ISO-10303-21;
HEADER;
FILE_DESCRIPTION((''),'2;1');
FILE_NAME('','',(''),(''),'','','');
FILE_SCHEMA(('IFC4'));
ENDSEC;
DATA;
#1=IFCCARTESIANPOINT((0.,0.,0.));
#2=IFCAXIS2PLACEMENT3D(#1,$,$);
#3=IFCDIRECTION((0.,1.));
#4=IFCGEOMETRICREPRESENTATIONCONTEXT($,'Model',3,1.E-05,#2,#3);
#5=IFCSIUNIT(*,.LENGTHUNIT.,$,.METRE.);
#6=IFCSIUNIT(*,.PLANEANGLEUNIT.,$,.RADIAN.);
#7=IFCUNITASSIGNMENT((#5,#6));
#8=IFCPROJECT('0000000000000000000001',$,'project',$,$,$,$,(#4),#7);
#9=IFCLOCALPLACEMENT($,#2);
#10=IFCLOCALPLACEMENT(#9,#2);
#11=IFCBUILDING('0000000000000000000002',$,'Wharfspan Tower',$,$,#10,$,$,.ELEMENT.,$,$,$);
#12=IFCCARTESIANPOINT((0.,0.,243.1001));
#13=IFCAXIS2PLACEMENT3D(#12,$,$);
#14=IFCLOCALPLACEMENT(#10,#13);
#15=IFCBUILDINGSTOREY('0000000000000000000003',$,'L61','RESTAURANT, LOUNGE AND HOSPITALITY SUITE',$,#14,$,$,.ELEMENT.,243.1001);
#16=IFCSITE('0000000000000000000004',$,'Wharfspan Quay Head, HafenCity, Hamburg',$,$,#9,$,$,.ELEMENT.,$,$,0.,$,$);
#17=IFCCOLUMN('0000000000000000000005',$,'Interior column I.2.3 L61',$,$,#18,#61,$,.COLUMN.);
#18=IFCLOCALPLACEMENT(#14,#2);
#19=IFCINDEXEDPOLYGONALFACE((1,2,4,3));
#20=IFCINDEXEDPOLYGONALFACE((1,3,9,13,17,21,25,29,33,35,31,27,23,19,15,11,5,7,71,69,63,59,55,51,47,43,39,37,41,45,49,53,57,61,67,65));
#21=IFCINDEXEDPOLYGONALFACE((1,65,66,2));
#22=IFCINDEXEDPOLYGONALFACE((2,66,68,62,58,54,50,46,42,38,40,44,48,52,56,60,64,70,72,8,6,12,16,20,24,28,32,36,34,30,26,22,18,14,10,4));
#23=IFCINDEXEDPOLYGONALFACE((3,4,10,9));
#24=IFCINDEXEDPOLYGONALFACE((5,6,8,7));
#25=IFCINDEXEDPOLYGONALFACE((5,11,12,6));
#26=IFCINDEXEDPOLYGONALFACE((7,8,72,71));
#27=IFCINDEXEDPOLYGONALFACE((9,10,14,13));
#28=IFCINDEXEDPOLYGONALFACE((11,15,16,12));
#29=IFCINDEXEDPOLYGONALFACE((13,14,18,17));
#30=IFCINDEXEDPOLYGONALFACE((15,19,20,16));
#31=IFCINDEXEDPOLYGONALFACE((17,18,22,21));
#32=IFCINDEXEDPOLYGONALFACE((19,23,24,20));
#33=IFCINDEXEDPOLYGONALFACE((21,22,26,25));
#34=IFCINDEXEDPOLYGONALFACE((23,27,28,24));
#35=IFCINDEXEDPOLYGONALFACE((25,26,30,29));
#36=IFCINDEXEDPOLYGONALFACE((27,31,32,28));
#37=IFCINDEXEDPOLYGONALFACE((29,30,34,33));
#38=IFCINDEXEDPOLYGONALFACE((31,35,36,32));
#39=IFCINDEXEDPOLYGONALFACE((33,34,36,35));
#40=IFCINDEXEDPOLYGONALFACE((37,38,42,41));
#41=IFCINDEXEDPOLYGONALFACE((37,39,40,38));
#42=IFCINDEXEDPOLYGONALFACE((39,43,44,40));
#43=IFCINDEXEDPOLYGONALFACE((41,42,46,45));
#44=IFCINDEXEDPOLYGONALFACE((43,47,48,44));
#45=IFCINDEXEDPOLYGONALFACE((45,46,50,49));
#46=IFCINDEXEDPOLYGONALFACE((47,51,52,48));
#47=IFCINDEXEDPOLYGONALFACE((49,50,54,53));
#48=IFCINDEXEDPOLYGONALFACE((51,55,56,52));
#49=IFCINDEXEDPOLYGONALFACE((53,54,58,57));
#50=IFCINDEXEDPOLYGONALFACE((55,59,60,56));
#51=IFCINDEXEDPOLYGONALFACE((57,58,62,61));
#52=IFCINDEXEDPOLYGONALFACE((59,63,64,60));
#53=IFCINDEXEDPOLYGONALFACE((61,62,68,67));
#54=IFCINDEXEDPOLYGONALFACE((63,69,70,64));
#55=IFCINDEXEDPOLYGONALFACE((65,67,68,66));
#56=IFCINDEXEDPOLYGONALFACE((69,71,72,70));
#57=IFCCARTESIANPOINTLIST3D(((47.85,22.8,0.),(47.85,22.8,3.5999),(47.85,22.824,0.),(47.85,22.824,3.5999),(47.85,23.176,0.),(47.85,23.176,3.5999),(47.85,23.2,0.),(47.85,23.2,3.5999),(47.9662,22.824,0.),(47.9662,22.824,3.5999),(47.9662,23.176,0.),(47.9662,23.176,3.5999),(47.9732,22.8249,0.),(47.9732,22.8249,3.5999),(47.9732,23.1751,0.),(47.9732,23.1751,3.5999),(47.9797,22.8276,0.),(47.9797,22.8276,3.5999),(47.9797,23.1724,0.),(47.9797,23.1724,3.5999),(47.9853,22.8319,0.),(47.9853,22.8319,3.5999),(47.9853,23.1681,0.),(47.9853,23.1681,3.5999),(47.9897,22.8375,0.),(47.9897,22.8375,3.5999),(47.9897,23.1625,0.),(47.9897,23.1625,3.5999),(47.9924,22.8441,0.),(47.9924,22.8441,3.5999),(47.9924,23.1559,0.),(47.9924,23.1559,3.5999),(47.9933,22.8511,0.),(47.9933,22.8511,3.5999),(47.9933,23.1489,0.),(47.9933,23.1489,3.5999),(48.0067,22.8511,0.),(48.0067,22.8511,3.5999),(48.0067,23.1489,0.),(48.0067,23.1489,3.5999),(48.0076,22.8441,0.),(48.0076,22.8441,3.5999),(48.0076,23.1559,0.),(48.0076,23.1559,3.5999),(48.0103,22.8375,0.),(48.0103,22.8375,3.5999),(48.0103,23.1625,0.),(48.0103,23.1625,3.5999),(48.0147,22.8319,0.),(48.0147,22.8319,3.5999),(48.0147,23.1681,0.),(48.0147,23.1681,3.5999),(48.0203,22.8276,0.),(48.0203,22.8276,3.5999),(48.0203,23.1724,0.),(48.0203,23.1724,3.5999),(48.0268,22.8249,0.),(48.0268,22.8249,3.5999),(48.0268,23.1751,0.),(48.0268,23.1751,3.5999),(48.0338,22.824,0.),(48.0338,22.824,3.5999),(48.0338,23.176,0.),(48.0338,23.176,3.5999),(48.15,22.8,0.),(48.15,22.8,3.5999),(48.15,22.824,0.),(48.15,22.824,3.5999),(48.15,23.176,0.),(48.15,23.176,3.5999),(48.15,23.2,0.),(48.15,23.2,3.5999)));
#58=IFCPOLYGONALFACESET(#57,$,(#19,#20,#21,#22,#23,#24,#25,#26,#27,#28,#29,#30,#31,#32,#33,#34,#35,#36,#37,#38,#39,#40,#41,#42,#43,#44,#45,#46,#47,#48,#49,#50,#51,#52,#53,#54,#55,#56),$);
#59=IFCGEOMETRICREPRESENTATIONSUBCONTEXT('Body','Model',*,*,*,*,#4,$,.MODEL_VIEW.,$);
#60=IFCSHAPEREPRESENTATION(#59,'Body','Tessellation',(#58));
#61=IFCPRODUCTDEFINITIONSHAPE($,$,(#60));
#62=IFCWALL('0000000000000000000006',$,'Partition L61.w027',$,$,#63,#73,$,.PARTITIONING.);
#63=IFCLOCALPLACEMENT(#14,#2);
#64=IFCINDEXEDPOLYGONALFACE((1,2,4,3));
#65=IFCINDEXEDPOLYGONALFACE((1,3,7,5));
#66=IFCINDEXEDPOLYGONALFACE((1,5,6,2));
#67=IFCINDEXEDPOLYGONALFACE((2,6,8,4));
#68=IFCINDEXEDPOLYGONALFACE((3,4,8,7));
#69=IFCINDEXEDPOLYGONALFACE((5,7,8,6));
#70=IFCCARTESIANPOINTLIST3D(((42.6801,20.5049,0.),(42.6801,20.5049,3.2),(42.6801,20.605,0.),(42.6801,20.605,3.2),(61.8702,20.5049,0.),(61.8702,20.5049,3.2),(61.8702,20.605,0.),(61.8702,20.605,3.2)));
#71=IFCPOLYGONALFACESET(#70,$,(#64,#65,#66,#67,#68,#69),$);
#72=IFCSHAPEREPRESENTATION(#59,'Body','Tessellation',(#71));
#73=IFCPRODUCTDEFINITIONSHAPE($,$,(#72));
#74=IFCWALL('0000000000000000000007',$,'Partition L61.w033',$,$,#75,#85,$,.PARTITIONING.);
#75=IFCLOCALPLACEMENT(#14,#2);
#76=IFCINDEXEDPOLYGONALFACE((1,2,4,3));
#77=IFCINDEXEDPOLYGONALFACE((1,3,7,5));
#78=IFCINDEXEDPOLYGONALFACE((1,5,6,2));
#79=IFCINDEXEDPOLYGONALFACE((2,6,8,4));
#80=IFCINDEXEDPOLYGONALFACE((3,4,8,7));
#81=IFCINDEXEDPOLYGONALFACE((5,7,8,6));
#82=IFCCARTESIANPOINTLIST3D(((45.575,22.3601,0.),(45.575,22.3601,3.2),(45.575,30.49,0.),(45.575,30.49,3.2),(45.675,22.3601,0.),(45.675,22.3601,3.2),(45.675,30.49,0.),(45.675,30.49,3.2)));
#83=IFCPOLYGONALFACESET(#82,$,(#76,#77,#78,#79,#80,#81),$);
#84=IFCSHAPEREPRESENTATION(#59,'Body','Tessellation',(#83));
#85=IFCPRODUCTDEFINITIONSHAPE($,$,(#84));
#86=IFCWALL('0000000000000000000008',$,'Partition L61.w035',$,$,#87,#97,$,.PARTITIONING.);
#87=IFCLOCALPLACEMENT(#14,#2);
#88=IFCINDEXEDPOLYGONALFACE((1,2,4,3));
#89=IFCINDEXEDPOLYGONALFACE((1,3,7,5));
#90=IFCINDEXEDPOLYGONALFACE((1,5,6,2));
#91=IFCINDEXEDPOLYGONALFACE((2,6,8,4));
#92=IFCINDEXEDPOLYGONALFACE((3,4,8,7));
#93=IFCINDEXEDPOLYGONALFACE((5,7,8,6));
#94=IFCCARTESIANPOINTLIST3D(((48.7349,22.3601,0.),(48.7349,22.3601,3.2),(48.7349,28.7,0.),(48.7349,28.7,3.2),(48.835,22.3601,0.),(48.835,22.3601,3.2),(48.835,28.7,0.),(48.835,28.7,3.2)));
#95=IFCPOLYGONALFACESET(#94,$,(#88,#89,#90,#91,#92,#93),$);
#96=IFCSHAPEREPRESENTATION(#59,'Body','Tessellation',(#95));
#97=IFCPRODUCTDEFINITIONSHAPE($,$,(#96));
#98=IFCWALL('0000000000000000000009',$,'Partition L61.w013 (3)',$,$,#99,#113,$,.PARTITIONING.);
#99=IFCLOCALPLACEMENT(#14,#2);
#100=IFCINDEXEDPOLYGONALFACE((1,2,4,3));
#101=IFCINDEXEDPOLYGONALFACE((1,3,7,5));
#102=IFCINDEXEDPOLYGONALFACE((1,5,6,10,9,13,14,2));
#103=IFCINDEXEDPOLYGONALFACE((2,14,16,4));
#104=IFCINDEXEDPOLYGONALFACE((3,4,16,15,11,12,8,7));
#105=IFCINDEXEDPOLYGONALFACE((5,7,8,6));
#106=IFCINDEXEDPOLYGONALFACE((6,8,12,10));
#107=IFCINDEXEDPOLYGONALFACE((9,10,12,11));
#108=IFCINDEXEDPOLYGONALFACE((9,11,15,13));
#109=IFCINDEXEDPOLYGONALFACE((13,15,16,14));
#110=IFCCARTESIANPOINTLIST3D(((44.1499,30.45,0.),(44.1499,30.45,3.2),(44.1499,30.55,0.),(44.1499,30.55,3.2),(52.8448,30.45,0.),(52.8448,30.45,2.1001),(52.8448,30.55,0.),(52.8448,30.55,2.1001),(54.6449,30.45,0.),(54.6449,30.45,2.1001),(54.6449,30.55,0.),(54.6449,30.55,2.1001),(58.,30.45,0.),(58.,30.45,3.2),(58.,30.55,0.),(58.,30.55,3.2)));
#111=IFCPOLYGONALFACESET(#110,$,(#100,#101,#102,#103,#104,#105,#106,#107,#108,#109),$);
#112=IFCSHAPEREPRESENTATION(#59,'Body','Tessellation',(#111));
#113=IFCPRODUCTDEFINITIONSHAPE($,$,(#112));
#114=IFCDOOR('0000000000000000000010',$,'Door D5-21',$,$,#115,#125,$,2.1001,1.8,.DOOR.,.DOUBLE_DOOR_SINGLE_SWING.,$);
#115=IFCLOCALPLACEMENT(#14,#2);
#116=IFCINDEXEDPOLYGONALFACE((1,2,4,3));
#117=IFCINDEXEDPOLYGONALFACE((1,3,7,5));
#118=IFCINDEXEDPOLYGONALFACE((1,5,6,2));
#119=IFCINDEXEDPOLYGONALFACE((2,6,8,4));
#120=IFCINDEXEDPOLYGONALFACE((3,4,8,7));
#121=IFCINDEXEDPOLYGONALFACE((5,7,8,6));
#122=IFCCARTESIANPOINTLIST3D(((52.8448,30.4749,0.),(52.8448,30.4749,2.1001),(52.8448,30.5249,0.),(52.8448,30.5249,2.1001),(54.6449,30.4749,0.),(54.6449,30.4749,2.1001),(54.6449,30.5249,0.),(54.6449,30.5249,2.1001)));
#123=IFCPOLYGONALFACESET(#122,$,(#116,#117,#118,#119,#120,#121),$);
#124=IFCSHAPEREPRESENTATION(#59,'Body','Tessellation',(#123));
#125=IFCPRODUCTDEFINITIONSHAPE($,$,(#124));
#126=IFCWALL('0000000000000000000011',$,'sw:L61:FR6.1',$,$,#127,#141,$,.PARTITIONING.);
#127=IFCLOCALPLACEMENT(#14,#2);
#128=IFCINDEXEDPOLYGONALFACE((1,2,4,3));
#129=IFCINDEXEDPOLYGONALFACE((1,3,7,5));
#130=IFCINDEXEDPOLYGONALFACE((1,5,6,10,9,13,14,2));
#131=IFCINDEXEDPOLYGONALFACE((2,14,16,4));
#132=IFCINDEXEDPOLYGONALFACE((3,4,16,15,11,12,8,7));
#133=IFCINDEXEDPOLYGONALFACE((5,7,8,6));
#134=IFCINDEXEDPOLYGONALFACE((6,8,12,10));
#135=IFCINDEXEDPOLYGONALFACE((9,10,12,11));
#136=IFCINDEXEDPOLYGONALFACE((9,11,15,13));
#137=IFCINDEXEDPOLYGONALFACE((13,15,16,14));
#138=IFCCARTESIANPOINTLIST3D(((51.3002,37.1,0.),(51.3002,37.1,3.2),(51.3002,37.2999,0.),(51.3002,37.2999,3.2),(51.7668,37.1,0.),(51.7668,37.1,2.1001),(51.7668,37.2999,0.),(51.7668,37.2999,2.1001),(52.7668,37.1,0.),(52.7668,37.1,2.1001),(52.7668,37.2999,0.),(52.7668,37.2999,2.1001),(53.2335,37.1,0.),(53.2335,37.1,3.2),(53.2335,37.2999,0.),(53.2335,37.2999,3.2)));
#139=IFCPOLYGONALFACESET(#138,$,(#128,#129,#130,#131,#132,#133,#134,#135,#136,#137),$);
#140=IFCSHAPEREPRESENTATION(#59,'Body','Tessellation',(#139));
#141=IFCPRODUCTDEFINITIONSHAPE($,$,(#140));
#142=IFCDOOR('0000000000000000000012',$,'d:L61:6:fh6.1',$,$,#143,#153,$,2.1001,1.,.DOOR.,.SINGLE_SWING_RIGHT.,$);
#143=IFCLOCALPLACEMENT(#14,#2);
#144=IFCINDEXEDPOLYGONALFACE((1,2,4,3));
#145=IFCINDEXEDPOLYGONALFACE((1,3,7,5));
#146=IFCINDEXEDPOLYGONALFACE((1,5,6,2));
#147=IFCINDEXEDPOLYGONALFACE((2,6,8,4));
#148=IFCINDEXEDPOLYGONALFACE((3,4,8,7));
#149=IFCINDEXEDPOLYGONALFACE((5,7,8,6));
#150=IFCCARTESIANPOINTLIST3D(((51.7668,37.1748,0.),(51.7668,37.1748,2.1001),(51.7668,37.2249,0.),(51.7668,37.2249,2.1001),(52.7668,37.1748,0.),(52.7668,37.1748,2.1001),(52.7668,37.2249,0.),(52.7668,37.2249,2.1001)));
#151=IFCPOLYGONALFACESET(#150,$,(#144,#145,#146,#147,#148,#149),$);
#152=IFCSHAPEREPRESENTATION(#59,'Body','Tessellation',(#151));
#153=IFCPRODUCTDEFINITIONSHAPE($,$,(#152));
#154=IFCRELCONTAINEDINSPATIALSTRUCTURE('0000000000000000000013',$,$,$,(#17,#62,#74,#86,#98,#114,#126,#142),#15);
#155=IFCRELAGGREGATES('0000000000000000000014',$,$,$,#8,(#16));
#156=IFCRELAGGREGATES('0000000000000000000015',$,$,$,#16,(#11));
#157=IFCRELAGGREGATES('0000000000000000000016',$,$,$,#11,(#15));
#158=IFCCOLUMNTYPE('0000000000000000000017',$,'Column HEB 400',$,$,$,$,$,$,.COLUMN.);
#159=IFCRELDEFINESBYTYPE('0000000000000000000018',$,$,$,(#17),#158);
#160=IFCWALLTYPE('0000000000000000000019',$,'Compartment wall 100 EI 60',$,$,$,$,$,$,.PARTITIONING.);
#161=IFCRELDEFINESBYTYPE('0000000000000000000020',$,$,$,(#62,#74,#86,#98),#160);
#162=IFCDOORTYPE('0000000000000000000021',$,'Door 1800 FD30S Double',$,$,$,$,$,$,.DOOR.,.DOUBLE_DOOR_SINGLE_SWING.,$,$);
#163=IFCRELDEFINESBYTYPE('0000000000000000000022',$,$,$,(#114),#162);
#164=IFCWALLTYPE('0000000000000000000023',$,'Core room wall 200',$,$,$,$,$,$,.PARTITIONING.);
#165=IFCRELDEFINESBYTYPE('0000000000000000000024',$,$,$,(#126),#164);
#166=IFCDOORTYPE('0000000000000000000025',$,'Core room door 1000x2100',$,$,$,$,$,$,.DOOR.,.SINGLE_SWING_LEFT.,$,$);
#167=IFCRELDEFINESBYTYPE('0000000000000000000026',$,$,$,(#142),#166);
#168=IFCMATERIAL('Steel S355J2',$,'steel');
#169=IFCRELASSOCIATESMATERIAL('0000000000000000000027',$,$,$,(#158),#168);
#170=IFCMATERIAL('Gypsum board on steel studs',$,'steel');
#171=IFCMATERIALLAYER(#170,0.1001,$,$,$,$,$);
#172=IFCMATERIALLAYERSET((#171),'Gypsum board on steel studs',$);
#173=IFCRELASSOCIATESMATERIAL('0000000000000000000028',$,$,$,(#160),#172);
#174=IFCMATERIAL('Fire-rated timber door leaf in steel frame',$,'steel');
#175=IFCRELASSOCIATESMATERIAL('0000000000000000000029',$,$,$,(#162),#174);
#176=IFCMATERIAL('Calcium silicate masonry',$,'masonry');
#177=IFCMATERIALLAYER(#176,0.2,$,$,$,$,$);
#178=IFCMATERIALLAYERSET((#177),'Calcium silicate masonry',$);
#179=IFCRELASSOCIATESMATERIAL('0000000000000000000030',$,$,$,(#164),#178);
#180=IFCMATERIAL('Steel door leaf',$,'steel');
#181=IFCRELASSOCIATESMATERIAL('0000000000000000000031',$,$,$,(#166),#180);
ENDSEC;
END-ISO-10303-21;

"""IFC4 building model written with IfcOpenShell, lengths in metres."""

from ifc_helpers import new_model, si_unit, direction, frame, frame_2d, origin, origin_2d, place, context, subcontext, project, spatial, rectangle, i_section, extrude, material, layer, layer_set, material_profile, profile_set, type_object, element, fill, save


model = new_model("IFC4")

# Units and contexts
model_context = context("Model", 3, precision=1e-05, world=origin(), true_north=direction((0.0, 1.0)))
body_context = subcontext(model_context, "Body", "Model", "MODEL_VIEW")
ifc_project = project(units=[si_unit("LENGTHUNIT", "METRE"), si_unit("PLANEANGLEUNIT", "RADIAN")], contexts=[model_context])

# Site, building, storey
site_placement = place(None, origin())
site = spatial("IfcSite", under=ifc_project, at=site_placement, Name="Wharfspan Quay Head, HafenCity, Hamburg", CompositionType="ELEMENT", RefElevation=0.0)
building_placement = place(site_placement, origin())
building = spatial("IfcBuilding", under=site, at=building_placement, Name="Wharfspan Tower", CompositionType="ELEMENT")
storey_placement = place(building_placement, frame((0.0, 0.0, 243.1001)))
storey = spatial("IfcBuildingStorey", under=building, at=storey_placement, Name="L61", Description="RESTAURANT, LOUNGE AND HOSPITALITY SUITE", CompositionType="ELEMENT", Elevation=243.1001)

# Column
ifc_material_1 = material(Name="Steel S355J2", Category="steel")
ifc_material_profile = material_profile(ifc_material_1, i_section(OverallWidth=0.3, OverallDepth=0.3999, WebThickness=0.0134, FlangeThickness=0.0239, FilletRadius=0.0271, at=origin_2d()))
ifc_profile_set = profile_set([ifc_material_profile], Name="Steel S355J2")
column_type = type_object("IfcColumnType", Name="Column HEB 400", PredefinedType="COLUMN", material=ifc_profile_set)
column_placement = place(storey_placement, frame((48.0, 23.0, 0.0), z_axis=(0.0, 0.0, 1.0), x_axis=(1.0, 0.0, 0.0)))
element("IfcColumn", 1, at=column_placement, inside=storey, type_object=column_type, Name="Interior column I.2.3 L61", PredefinedType="COLUMN", context=body_context, shape_type="SweptSolid", body=[
    extrude(i_section(OverallWidth=0.3, OverallDepth=0.3999, WebThickness=0.0134, FlangeThickness=0.0239, FilletRadius=0.0271, at=origin_2d()), origin(), (0.0, 0.0, 1.0), 3.5999),
])

# Walls
ifc_material_2 = material(Name="Gypsum board on steel studs", Category="steel")
ifc_layer_1 = layer(ifc_material_2, 0.1001)
ifc_layer_set_1 = layer_set([ifc_layer_1], Name="Gypsum board on steel studs")
wall_type_1 = type_object("IfcWallType", Name="Compartment wall 100 EI 60", PredefinedType="PARTITIONING", material=ifc_layer_set_1)
wall_1_placement = place(storey_placement, frame((42.6799, 20.5549, 0.0), z_axis=(0.0, 0.0, 1.0), x_axis=(1.0, 0.0, 0.0)))
element("IfcWall", 2, at=wall_1_placement, inside=storey, type_object=wall_type_1, Name="Partition L61.w027", PredefinedType="PARTITIONING", context=body_context, shape_type="SweptSolid", body=[
    extrude(rectangle(XDim=19.1902, YDim=0.1001, at=frame_2d((9.5952, 0.0))), origin(), (0.0, 0.0, 1.0), 3.2),
])
wall_2_placement = place(storey_placement, frame((45.625, 22.3601, 0.0), z_axis=(0.0, 0.0, 1.0), x_axis=(0.0, 1.0, 0.0)))
element("IfcWall", 3, at=wall_2_placement, inside=storey, type_object=wall_type_1, Name="Partition L61.w033", PredefinedType="PARTITIONING", context=body_context, shape_type="SweptSolid", body=[
    extrude(rectangle(XDim=8.1299, YDim=0.1001, at=frame_2d((4.0649, 0.0))), origin(), (0.0, 0.0, 1.0), 3.2),
])
wall_3_placement = place(storey_placement, frame((48.7849, 22.3601, 0.0), z_axis=(0.0, 0.0, 1.0), x_axis=(0.0, 1.0, 0.0)))
element("IfcWall", 4, at=wall_3_placement, inside=storey, type_object=wall_type_1, Name="Partition L61.w035", PredefinedType="PARTITIONING", context=body_context, shape_type="SweptSolid", body=[
    extrude(rectangle(XDim=6.3398, YDim=0.1001, at=frame_2d((3.1699, 0.0))), origin(), (0.0, 0.0, 1.0), 3.2),
])

# Walls, openings, doors
wall_4_placement = place(storey_placement, frame((44.1499, 30.5, 0.0), z_axis=(0.0, 0.0, 1.0), x_axis=(1.0, 0.0, 0.0)))
wall_4 = element("IfcWall", 5, at=wall_4_placement, inside=storey, type_object=wall_type_1, Name="Partition L61.w013 (3)", PredefinedType="PARTITIONING", context=body_context, shape_type="SweptSolid", body=[
    extrude(rectangle(XDim=13.8501, YDim=0.1001, at=frame_2d((6.925, 0.0))), origin(), (0.0, 0.0, 1.0), 3.2),
])
opening_1_placement = place(wall_4_placement, frame((8.6951, 0.0, 0.0)))
opening_1 = element("IfcOpeningElement", 6, at=opening_1_placement, cuts=wall_4, PredefinedType="OPENING", context=body_context, shape_type="SweptSolid", body=[
    extrude(rectangle(XDim=1.8, YDim=2.1001, at=frame_2d((0.8999, 1.05))), frame((0.0, 0.0601, 0.0), z_axis=(0.0, -1.0, 0.0), x_axis=(1.0, 0.0, 0.0)), (0.0, 0.0, 1.0), 0.1201),
])
ifc_material_3 = material(Name="Fire-rated timber door leaf in steel frame", Category="steel")
door_type_1 = type_object("IfcDoorType", Name="Door 1800 FD30S Double", OperationType="DOUBLE_DOOR_SINGLE_SWING", PredefinedType="DOOR", material=ifc_material_3)
door_1_placement = place(opening_1_placement, origin())
door_1 = element("IfcDoor", 7, at=door_1_placement, inside=storey, type_object=door_type_1, Name="Door D5-21", OperationType="DOUBLE_DOOR_SINGLE_SWING", OverallHeight=2.1001, OverallWidth=1.8, PredefinedType="DOOR", context=body_context, shape_type="SweptSolid", body=[
    extrude(rectangle(XDim=1.8, YDim=2.1001, at=frame_2d((0.8999, 1.05))), frame((0.0, 0.0249, 0.0), z_axis=(0.0, -1.0, 0.0), x_axis=(1.0, 0.0, 0.0)), (0.0, 0.0, 1.0), 0.05),
])
fill(opening_1, door_1)
ifc_material_4 = material(Name="Calcium silicate masonry", Category="masonry")
ifc_layer_2 = layer(ifc_material_4, 0.2)
ifc_layer_set_2 = layer_set([ifc_layer_2], Name="Calcium silicate masonry")
wall_type_2 = type_object("IfcWallType", Name="Core room wall 200", PredefinedType="PARTITIONING", material=ifc_layer_set_2)
wall_5_placement = place(storey_placement, frame((51.3, 37.2, 0.0), z_axis=(0.0, 0.0, 1.0), x_axis=(1.0, 0.0, 0.0)))
wall_5 = element("IfcWall", 8, at=wall_5_placement, inside=storey, type_object=wall_type_2, Name="sw:L61:FR6.1", PredefinedType="PARTITIONING", context=body_context, shape_type="SweptSolid", body=[
    extrude(rectangle(XDim=1.9333, YDim=0.2, at=frame_2d((0.9668, 0.0))), origin(), (0.0, 0.0, 1.0), 3.2),
])
opening_2_placement = place(wall_5_placement, frame((0.4668, 0.0, 0.0)))
opening_2 = element("IfcOpeningElement", 9, at=opening_2_placement, cuts=wall_5, PredefinedType="OPENING", context=body_context, shape_type="SweptSolid", body=[
    extrude(rectangle(XDim=1.0, YDim=2.1001, at=frame_2d((0.5, 1.05))), frame((0.0, 0.1099, 0.0), z_axis=(0.0, -1.0, 0.0), x_axis=(1.0, 0.0, 0.0)), (0.0, 0.0, 1.0), 0.22),
])
ifc_material_5 = material(Name="Steel door leaf", Category="steel")
door_type_2 = type_object("IfcDoorType", Name="Core room door 1000x2100", OperationType="SINGLE_SWING_LEFT", PredefinedType="DOOR", material=ifc_material_5)
door_2_placement = place(opening_2_placement, origin())
door_2 = element("IfcDoor", 10, at=door_2_placement, inside=storey, type_object=door_type_2, Name="d:L61:6:fh6.1", OperationType="SINGLE_SWING_RIGHT", OverallHeight=2.1001, OverallWidth=1.0, PredefinedType="DOOR", context=body_context, shape_type="SweptSolid", body=[
    extrude(rectangle(XDim=1.0, YDim=2.1001, at=frame_2d((0.5, 1.05))), frame((0.0, 0.0249, 0.0), z_axis=(0.0, -1.0, 0.0), x_axis=(1.0, 0.0, 0.0)), (0.0, 0.0, 1.0), 0.05),
])
fill(opening_2, door_2)

save(model, "model.ifc")
